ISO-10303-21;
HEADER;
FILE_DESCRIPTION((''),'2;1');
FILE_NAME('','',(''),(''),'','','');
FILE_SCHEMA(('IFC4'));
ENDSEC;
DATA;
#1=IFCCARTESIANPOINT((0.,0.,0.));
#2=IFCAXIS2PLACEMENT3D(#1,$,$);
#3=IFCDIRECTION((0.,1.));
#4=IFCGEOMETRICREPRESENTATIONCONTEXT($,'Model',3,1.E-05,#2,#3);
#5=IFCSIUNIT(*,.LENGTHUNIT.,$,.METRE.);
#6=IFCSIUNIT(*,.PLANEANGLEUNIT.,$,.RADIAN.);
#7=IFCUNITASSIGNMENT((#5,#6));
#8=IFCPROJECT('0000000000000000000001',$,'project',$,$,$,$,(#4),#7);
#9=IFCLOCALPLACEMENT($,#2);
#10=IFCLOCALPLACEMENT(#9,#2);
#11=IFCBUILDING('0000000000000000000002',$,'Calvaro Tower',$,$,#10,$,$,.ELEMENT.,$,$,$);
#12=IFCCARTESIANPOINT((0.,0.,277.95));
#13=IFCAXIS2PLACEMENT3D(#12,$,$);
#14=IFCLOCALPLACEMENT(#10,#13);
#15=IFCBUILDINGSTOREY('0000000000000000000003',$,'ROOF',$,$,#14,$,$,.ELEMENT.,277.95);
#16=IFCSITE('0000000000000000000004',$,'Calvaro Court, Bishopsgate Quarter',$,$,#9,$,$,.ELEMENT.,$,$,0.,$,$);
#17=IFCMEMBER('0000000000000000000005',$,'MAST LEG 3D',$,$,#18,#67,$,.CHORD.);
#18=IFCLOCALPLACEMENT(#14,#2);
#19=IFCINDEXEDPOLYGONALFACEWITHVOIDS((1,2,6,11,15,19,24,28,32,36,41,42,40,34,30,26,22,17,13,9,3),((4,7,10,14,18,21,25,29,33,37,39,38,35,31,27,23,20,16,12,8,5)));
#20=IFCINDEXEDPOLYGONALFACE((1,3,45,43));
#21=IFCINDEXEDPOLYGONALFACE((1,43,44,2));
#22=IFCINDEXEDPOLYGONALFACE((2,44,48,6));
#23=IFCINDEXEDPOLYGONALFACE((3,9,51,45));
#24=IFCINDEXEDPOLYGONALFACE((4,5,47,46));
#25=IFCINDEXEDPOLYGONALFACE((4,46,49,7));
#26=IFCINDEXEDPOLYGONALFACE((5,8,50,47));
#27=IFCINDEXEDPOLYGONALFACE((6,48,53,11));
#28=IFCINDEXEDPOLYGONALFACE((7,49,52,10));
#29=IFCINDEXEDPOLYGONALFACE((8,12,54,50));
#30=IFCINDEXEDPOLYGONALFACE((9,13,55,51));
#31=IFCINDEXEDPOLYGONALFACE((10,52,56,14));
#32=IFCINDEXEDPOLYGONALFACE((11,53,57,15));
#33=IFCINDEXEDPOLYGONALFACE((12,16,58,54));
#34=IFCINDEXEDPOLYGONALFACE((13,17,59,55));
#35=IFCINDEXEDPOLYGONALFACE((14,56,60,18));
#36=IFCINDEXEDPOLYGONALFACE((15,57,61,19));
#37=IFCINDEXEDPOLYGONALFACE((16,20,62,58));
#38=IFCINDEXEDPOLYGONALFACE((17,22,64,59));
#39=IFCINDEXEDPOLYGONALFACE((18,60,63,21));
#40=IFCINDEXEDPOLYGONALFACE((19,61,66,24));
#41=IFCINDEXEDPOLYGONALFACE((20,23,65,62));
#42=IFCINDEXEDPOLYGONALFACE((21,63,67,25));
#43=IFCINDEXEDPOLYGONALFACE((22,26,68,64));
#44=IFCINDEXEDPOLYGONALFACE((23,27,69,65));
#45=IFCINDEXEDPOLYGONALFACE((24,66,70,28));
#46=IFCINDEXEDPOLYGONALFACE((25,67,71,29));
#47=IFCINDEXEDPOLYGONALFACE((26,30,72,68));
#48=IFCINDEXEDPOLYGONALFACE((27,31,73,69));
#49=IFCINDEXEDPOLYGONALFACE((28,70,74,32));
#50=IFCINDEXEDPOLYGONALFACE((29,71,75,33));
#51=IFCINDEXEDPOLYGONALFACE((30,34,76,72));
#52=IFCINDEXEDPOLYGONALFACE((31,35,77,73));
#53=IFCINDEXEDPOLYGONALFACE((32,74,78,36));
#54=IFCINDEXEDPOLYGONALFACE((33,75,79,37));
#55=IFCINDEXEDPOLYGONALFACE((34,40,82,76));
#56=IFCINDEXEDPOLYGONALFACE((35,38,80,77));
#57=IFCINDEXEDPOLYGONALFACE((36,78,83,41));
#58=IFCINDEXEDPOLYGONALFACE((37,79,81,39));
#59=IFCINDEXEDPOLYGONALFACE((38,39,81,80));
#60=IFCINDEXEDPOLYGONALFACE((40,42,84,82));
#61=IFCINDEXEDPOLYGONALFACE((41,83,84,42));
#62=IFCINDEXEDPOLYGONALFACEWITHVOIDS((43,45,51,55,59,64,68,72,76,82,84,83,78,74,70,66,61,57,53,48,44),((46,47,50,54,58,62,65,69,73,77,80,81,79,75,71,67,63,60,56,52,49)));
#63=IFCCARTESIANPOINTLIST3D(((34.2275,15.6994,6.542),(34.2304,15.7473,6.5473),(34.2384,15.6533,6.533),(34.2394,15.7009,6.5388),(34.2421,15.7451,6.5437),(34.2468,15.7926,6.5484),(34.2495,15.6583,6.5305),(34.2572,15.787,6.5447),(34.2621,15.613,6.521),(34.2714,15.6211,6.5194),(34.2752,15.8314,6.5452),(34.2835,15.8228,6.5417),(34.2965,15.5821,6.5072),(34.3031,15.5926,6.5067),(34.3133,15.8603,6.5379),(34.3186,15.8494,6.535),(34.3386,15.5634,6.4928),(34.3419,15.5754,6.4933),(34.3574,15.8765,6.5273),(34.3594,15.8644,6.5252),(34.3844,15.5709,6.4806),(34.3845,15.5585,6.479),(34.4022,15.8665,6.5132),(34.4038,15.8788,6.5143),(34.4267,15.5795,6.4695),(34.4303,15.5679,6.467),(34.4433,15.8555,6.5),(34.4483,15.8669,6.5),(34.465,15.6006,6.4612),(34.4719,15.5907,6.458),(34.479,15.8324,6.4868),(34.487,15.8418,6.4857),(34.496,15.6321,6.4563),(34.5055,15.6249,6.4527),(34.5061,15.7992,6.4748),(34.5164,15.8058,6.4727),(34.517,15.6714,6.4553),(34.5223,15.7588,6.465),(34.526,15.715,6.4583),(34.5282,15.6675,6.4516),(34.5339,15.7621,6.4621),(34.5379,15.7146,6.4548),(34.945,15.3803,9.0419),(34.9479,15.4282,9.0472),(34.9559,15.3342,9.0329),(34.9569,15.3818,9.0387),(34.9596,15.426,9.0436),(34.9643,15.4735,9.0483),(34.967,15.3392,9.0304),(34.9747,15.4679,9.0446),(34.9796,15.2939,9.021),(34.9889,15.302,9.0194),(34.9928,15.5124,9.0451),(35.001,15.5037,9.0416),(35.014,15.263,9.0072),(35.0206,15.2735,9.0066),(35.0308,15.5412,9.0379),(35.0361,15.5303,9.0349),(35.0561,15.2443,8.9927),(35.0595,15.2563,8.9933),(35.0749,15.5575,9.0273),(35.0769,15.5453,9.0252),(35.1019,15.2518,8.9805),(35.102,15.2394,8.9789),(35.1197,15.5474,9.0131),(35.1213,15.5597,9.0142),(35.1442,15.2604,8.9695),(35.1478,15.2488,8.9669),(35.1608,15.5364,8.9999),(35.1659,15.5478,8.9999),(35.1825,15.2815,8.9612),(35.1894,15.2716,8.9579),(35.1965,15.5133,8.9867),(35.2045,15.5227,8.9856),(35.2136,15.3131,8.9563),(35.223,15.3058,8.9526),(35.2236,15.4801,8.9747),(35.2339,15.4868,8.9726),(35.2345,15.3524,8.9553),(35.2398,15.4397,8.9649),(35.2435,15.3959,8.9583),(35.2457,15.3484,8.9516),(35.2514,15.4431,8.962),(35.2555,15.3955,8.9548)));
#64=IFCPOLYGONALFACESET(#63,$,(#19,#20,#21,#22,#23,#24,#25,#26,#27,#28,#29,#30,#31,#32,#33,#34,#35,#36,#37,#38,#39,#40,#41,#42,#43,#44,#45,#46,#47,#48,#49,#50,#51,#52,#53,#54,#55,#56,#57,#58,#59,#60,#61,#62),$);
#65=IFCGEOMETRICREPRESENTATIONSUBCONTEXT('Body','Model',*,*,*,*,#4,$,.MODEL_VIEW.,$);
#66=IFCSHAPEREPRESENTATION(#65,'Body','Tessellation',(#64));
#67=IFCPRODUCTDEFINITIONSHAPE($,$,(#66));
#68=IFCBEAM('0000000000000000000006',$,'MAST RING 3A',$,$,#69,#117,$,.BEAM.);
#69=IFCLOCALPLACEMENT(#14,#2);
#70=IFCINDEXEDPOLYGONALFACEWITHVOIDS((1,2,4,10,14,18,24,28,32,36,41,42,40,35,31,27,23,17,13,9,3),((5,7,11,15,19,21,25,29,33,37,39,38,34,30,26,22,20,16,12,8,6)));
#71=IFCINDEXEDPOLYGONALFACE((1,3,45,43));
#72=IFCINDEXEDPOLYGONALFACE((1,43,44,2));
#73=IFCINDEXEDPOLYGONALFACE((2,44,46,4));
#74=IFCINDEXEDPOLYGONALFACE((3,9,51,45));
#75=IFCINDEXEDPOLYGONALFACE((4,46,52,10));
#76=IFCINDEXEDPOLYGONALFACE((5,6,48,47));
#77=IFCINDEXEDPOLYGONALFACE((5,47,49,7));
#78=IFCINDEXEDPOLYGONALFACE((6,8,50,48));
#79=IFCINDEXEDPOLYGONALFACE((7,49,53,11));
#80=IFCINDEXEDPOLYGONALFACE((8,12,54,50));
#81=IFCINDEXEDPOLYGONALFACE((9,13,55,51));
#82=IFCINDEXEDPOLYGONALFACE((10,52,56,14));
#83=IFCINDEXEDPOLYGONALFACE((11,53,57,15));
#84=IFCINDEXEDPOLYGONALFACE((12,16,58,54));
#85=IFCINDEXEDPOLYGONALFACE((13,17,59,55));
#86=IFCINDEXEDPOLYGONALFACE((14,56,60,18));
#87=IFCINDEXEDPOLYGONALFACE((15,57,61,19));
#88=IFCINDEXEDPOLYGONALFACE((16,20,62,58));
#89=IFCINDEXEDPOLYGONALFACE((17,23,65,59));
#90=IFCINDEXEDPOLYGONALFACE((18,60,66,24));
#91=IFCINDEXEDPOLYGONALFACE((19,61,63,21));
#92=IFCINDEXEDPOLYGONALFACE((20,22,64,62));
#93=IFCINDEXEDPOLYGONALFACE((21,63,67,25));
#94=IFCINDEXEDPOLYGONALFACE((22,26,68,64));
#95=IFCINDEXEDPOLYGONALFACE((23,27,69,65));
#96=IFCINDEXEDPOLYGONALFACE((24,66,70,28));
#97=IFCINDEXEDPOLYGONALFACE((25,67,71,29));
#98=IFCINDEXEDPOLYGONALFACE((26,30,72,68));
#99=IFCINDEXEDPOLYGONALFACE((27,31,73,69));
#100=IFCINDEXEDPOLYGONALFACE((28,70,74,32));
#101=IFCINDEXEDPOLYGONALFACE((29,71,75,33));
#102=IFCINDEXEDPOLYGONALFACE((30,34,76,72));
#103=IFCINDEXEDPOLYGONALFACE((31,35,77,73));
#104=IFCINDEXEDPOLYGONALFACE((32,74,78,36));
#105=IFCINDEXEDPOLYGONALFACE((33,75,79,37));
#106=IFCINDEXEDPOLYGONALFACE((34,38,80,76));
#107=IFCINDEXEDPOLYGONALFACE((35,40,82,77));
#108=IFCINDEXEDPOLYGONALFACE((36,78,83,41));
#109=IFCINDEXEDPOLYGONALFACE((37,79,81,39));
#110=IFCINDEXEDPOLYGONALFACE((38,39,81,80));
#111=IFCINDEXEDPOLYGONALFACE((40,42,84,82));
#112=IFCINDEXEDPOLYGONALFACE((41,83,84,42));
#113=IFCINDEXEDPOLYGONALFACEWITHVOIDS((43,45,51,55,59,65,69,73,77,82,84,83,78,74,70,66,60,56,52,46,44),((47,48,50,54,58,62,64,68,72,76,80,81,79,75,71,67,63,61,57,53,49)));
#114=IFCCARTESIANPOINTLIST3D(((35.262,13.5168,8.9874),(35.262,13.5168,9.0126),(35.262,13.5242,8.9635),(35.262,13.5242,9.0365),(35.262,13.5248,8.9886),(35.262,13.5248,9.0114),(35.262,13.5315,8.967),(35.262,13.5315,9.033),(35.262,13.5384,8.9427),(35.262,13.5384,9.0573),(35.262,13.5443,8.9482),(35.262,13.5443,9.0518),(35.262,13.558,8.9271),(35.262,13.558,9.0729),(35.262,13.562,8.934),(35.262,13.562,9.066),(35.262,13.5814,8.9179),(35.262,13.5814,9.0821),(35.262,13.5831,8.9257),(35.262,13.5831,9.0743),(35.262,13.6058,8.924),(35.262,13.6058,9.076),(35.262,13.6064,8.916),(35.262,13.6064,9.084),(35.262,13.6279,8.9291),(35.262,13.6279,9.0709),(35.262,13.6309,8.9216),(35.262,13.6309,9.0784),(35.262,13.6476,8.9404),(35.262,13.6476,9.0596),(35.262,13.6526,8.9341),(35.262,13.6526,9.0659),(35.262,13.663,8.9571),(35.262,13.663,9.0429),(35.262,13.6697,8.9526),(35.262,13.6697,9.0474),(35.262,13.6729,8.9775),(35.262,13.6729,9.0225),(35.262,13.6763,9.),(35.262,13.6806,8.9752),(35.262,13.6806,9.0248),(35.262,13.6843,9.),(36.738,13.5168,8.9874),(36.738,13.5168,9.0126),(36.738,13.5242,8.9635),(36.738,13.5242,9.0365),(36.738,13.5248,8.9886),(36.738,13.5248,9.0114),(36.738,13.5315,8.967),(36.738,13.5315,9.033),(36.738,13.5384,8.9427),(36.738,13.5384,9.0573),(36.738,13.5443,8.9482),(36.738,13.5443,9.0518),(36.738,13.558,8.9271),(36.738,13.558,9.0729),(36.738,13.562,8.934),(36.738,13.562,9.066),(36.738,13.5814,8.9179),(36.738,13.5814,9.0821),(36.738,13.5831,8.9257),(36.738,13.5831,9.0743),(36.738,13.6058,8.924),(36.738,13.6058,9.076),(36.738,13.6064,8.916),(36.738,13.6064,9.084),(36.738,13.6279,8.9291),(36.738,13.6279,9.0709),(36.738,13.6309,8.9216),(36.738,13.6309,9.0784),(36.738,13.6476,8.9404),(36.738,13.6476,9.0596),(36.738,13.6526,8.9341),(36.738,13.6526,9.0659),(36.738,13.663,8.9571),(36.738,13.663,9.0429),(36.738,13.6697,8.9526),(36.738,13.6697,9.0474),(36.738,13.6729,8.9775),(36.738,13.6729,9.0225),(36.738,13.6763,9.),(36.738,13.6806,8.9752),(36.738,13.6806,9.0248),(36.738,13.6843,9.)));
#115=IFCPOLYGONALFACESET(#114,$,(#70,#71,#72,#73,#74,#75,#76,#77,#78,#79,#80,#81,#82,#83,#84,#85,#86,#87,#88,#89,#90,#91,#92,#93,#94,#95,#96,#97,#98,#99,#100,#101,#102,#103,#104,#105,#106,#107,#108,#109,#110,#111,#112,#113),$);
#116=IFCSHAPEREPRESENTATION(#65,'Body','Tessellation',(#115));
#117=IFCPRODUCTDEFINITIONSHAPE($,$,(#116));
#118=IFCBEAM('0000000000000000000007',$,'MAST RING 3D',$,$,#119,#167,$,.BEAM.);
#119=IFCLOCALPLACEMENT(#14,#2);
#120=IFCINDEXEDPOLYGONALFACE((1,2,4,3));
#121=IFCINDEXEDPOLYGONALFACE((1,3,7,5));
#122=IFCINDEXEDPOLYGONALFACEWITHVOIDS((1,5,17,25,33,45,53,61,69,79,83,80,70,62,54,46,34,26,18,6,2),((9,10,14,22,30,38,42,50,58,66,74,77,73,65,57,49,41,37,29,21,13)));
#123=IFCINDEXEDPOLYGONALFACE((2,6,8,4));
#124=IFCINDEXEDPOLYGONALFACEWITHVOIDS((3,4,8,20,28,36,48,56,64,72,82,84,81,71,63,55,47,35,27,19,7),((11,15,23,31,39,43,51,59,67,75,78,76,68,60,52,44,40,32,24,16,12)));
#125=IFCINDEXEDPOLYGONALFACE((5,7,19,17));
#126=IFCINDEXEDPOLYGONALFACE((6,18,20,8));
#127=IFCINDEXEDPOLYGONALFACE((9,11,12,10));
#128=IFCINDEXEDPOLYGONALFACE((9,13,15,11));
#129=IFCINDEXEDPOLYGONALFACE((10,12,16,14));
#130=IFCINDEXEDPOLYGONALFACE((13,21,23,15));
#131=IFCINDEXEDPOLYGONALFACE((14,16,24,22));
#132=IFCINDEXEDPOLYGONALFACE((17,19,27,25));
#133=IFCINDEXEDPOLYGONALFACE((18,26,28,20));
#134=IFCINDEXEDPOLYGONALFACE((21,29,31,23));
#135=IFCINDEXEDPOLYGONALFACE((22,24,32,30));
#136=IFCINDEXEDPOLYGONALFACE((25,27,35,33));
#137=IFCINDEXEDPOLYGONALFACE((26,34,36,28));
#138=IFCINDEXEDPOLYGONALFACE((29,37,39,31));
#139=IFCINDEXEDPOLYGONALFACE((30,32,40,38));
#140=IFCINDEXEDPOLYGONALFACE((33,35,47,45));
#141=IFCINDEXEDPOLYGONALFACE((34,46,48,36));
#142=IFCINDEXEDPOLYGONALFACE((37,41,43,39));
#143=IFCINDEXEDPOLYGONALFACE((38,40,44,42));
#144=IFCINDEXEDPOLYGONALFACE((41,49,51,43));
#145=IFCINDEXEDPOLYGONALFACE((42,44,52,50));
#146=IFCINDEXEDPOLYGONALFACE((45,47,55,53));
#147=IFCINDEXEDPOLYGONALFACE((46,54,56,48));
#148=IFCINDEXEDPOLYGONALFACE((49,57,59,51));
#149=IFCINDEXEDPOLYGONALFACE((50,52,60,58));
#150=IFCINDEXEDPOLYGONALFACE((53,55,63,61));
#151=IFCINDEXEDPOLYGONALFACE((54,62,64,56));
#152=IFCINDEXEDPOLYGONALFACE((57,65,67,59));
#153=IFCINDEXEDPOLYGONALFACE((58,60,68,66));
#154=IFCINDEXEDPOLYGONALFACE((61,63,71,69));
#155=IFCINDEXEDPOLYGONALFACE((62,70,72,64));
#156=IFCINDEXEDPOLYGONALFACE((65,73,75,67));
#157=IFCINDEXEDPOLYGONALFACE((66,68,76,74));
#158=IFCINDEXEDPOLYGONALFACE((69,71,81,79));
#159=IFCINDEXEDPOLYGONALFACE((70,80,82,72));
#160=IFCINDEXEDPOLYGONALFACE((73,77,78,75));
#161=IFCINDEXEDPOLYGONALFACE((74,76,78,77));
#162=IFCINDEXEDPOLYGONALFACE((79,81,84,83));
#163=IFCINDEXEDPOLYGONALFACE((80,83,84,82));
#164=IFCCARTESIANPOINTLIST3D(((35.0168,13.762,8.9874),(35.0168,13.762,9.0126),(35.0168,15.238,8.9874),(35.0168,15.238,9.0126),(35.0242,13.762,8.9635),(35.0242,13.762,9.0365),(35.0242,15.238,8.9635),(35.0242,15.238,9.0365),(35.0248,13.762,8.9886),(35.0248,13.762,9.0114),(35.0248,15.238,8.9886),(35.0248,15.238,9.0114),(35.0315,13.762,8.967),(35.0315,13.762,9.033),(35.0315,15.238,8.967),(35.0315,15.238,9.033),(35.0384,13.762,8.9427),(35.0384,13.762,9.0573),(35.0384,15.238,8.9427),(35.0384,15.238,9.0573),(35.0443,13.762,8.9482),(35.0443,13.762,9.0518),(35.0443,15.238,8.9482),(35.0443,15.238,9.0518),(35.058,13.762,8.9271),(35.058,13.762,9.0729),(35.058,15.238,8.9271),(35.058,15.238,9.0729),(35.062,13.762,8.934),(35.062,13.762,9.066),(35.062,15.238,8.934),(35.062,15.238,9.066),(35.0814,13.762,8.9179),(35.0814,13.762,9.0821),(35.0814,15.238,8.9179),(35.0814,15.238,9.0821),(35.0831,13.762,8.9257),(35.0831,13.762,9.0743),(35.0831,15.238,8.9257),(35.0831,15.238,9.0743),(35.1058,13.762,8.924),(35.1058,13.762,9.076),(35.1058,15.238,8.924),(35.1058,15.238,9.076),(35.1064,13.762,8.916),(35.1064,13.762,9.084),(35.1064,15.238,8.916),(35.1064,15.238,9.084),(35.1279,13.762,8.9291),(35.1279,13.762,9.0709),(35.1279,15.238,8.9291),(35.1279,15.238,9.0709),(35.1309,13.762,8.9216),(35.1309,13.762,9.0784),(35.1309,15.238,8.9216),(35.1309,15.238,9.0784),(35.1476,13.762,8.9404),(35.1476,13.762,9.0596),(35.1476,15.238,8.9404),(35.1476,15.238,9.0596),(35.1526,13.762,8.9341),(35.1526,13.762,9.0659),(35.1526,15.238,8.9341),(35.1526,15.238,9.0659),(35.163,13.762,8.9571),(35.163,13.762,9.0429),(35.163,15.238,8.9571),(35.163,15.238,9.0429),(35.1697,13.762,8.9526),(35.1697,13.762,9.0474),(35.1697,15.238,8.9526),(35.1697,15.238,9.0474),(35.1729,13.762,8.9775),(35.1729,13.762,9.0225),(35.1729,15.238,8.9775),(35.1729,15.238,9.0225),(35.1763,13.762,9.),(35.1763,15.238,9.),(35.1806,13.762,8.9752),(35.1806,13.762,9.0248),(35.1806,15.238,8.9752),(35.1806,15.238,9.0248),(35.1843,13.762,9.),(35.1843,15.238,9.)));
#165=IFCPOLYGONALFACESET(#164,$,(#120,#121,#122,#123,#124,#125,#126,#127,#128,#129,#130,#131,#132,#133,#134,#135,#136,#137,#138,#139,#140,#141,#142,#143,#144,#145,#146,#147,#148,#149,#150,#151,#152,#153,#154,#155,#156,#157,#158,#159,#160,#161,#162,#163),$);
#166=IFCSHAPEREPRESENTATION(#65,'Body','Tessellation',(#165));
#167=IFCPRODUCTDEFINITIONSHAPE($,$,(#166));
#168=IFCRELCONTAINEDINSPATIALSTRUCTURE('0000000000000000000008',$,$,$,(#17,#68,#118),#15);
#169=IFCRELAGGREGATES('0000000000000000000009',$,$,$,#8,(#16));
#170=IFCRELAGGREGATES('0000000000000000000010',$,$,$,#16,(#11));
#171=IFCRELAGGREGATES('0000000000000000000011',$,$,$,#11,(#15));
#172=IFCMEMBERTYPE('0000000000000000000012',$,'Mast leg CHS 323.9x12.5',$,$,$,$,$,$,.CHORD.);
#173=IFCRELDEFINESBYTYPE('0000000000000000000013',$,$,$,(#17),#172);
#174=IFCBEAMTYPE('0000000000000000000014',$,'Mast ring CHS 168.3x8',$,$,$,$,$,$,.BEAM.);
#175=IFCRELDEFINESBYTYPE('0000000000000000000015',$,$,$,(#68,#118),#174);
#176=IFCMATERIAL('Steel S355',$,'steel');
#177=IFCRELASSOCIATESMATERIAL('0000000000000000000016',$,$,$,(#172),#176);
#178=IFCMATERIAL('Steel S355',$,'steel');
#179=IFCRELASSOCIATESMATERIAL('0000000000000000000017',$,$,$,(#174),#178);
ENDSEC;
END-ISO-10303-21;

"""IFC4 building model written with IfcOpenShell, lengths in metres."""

from ifc_helpers import new_model, si_unit, direction, frame, origin, origin_2d, place, context, subcontext, project, spatial, hollow_circle, extrude, material, material_profile, profile_set, type_object, element, save


model = new_model("IFC4")

# Units and contexts
model_context = context("Model", 3, precision=1e-05, world=origin(), true_north=direction((0.0, 1.0)))
body_context = subcontext(model_context, "Body", "Model", "MODEL_VIEW")
ifc_project = project(units=[si_unit("LENGTHUNIT", "METRE"), si_unit("PLANEANGLEUNIT", "RADIAN")], contexts=[model_context])

# Site, building, storey
site_placement = place(None, origin())
site = spatial("IfcSite", under=ifc_project, at=site_placement, Name="Calvaro Court, Bishopsgate Quarter", CompositionType="ELEMENT", RefElevation=0.0)
building_placement = place(site_placement, origin())
building = spatial("IfcBuilding", under=site, at=building_placement, Name="Calvaro Tower", CompositionType="ELEMENT")
storey_placement = place(building_placement, frame((0.0, 0.0, 277.95)))
storey = spatial("IfcBuildingStorey", under=building, at=storey_placement, Name="ROOF", CompositionType="ELEMENT", Elevation=277.95)

# Member
ifc_material_1 = material(Name="Steel S355", Category="steel")
ifc_material_profile_1 = material_profile(ifc_material_1, hollow_circle(Radius=0.1619, WallThickness=0.0125, at=origin_2d()), Name="CHS 323.9x12.5")
ifc_profile_set_1 = profile_set([ifc_material_profile_1], Name="Steel S355")
member_type_1 = type_object("IfcMemberType", Name="Mast leg CHS 323.9x12.5", PredefinedType="CHORD", material=ifc_profile_set_1)
for number, where, z_axis, x_axis, name in (
    (1, (34.3826, 15.719, 6.5), (0.273821, -0.121771, 0.954041), (0.40634, 0.913722, 0.0), "MAST LEG 3D"),
):
    element("IfcMember", number, at=place(storey_placement, frame(where, z_axis=z_axis, x_axis=x_axis)), inside=storey, type_object=member_type_1, Name=name, PredefinedType="CHORD", context=body_context, shape_type="SweptSolid", body=[
        extrude(hollow_circle(Radius=0.1619, WallThickness=0.0125, at=origin_2d()), origin(), (0.0, 0.0, 1.0), 2.6204),
    ])

# Beams
ifc_material_2 = material(Name="Steel S355", Category="steel")
ifc_material_profile_2 = material_profile(ifc_material_2, hollow_circle(Radius=0.0842, WallThickness=0.0081, at=origin_2d()), Name="CHS 168.3x8")
ifc_profile_set_2 = profile_set([ifc_material_profile_2], Name="Steel S355")
beam_type_1 = type_object("IfcBeamType", Name="Mast ring CHS 168.3x8", PredefinedType="BEAM", material=ifc_profile_set_2)
for number, where, z_axis, x_axis, name in (
    (2, (35.262, 13.6001, 9.0), (1.0, 0.0, 0.0), (0.0, 1.0, 0.0), "MAST RING 3A"),
    (3, (35.1001, 15.238, 9.0), (0.0, -1.0, 0.0), (1.0, 0.0, 0.0), "MAST RING 3D"),
):
    element("IfcBeam", number, at=place(storey_placement, frame(where, z_axis=z_axis, x_axis=x_axis)), inside=storey, type_object=beam_type_1, Name=name, PredefinedType="BEAM", context=body_context, shape_type="SweptSolid", body=[
        extrude(hollow_circle(Radius=0.0842, WallThickness=0.0081, at=origin_2d()), origin(), (0.0, 0.0, 1.0), 1.4761),
    ])

save(model, "model.ifc")
